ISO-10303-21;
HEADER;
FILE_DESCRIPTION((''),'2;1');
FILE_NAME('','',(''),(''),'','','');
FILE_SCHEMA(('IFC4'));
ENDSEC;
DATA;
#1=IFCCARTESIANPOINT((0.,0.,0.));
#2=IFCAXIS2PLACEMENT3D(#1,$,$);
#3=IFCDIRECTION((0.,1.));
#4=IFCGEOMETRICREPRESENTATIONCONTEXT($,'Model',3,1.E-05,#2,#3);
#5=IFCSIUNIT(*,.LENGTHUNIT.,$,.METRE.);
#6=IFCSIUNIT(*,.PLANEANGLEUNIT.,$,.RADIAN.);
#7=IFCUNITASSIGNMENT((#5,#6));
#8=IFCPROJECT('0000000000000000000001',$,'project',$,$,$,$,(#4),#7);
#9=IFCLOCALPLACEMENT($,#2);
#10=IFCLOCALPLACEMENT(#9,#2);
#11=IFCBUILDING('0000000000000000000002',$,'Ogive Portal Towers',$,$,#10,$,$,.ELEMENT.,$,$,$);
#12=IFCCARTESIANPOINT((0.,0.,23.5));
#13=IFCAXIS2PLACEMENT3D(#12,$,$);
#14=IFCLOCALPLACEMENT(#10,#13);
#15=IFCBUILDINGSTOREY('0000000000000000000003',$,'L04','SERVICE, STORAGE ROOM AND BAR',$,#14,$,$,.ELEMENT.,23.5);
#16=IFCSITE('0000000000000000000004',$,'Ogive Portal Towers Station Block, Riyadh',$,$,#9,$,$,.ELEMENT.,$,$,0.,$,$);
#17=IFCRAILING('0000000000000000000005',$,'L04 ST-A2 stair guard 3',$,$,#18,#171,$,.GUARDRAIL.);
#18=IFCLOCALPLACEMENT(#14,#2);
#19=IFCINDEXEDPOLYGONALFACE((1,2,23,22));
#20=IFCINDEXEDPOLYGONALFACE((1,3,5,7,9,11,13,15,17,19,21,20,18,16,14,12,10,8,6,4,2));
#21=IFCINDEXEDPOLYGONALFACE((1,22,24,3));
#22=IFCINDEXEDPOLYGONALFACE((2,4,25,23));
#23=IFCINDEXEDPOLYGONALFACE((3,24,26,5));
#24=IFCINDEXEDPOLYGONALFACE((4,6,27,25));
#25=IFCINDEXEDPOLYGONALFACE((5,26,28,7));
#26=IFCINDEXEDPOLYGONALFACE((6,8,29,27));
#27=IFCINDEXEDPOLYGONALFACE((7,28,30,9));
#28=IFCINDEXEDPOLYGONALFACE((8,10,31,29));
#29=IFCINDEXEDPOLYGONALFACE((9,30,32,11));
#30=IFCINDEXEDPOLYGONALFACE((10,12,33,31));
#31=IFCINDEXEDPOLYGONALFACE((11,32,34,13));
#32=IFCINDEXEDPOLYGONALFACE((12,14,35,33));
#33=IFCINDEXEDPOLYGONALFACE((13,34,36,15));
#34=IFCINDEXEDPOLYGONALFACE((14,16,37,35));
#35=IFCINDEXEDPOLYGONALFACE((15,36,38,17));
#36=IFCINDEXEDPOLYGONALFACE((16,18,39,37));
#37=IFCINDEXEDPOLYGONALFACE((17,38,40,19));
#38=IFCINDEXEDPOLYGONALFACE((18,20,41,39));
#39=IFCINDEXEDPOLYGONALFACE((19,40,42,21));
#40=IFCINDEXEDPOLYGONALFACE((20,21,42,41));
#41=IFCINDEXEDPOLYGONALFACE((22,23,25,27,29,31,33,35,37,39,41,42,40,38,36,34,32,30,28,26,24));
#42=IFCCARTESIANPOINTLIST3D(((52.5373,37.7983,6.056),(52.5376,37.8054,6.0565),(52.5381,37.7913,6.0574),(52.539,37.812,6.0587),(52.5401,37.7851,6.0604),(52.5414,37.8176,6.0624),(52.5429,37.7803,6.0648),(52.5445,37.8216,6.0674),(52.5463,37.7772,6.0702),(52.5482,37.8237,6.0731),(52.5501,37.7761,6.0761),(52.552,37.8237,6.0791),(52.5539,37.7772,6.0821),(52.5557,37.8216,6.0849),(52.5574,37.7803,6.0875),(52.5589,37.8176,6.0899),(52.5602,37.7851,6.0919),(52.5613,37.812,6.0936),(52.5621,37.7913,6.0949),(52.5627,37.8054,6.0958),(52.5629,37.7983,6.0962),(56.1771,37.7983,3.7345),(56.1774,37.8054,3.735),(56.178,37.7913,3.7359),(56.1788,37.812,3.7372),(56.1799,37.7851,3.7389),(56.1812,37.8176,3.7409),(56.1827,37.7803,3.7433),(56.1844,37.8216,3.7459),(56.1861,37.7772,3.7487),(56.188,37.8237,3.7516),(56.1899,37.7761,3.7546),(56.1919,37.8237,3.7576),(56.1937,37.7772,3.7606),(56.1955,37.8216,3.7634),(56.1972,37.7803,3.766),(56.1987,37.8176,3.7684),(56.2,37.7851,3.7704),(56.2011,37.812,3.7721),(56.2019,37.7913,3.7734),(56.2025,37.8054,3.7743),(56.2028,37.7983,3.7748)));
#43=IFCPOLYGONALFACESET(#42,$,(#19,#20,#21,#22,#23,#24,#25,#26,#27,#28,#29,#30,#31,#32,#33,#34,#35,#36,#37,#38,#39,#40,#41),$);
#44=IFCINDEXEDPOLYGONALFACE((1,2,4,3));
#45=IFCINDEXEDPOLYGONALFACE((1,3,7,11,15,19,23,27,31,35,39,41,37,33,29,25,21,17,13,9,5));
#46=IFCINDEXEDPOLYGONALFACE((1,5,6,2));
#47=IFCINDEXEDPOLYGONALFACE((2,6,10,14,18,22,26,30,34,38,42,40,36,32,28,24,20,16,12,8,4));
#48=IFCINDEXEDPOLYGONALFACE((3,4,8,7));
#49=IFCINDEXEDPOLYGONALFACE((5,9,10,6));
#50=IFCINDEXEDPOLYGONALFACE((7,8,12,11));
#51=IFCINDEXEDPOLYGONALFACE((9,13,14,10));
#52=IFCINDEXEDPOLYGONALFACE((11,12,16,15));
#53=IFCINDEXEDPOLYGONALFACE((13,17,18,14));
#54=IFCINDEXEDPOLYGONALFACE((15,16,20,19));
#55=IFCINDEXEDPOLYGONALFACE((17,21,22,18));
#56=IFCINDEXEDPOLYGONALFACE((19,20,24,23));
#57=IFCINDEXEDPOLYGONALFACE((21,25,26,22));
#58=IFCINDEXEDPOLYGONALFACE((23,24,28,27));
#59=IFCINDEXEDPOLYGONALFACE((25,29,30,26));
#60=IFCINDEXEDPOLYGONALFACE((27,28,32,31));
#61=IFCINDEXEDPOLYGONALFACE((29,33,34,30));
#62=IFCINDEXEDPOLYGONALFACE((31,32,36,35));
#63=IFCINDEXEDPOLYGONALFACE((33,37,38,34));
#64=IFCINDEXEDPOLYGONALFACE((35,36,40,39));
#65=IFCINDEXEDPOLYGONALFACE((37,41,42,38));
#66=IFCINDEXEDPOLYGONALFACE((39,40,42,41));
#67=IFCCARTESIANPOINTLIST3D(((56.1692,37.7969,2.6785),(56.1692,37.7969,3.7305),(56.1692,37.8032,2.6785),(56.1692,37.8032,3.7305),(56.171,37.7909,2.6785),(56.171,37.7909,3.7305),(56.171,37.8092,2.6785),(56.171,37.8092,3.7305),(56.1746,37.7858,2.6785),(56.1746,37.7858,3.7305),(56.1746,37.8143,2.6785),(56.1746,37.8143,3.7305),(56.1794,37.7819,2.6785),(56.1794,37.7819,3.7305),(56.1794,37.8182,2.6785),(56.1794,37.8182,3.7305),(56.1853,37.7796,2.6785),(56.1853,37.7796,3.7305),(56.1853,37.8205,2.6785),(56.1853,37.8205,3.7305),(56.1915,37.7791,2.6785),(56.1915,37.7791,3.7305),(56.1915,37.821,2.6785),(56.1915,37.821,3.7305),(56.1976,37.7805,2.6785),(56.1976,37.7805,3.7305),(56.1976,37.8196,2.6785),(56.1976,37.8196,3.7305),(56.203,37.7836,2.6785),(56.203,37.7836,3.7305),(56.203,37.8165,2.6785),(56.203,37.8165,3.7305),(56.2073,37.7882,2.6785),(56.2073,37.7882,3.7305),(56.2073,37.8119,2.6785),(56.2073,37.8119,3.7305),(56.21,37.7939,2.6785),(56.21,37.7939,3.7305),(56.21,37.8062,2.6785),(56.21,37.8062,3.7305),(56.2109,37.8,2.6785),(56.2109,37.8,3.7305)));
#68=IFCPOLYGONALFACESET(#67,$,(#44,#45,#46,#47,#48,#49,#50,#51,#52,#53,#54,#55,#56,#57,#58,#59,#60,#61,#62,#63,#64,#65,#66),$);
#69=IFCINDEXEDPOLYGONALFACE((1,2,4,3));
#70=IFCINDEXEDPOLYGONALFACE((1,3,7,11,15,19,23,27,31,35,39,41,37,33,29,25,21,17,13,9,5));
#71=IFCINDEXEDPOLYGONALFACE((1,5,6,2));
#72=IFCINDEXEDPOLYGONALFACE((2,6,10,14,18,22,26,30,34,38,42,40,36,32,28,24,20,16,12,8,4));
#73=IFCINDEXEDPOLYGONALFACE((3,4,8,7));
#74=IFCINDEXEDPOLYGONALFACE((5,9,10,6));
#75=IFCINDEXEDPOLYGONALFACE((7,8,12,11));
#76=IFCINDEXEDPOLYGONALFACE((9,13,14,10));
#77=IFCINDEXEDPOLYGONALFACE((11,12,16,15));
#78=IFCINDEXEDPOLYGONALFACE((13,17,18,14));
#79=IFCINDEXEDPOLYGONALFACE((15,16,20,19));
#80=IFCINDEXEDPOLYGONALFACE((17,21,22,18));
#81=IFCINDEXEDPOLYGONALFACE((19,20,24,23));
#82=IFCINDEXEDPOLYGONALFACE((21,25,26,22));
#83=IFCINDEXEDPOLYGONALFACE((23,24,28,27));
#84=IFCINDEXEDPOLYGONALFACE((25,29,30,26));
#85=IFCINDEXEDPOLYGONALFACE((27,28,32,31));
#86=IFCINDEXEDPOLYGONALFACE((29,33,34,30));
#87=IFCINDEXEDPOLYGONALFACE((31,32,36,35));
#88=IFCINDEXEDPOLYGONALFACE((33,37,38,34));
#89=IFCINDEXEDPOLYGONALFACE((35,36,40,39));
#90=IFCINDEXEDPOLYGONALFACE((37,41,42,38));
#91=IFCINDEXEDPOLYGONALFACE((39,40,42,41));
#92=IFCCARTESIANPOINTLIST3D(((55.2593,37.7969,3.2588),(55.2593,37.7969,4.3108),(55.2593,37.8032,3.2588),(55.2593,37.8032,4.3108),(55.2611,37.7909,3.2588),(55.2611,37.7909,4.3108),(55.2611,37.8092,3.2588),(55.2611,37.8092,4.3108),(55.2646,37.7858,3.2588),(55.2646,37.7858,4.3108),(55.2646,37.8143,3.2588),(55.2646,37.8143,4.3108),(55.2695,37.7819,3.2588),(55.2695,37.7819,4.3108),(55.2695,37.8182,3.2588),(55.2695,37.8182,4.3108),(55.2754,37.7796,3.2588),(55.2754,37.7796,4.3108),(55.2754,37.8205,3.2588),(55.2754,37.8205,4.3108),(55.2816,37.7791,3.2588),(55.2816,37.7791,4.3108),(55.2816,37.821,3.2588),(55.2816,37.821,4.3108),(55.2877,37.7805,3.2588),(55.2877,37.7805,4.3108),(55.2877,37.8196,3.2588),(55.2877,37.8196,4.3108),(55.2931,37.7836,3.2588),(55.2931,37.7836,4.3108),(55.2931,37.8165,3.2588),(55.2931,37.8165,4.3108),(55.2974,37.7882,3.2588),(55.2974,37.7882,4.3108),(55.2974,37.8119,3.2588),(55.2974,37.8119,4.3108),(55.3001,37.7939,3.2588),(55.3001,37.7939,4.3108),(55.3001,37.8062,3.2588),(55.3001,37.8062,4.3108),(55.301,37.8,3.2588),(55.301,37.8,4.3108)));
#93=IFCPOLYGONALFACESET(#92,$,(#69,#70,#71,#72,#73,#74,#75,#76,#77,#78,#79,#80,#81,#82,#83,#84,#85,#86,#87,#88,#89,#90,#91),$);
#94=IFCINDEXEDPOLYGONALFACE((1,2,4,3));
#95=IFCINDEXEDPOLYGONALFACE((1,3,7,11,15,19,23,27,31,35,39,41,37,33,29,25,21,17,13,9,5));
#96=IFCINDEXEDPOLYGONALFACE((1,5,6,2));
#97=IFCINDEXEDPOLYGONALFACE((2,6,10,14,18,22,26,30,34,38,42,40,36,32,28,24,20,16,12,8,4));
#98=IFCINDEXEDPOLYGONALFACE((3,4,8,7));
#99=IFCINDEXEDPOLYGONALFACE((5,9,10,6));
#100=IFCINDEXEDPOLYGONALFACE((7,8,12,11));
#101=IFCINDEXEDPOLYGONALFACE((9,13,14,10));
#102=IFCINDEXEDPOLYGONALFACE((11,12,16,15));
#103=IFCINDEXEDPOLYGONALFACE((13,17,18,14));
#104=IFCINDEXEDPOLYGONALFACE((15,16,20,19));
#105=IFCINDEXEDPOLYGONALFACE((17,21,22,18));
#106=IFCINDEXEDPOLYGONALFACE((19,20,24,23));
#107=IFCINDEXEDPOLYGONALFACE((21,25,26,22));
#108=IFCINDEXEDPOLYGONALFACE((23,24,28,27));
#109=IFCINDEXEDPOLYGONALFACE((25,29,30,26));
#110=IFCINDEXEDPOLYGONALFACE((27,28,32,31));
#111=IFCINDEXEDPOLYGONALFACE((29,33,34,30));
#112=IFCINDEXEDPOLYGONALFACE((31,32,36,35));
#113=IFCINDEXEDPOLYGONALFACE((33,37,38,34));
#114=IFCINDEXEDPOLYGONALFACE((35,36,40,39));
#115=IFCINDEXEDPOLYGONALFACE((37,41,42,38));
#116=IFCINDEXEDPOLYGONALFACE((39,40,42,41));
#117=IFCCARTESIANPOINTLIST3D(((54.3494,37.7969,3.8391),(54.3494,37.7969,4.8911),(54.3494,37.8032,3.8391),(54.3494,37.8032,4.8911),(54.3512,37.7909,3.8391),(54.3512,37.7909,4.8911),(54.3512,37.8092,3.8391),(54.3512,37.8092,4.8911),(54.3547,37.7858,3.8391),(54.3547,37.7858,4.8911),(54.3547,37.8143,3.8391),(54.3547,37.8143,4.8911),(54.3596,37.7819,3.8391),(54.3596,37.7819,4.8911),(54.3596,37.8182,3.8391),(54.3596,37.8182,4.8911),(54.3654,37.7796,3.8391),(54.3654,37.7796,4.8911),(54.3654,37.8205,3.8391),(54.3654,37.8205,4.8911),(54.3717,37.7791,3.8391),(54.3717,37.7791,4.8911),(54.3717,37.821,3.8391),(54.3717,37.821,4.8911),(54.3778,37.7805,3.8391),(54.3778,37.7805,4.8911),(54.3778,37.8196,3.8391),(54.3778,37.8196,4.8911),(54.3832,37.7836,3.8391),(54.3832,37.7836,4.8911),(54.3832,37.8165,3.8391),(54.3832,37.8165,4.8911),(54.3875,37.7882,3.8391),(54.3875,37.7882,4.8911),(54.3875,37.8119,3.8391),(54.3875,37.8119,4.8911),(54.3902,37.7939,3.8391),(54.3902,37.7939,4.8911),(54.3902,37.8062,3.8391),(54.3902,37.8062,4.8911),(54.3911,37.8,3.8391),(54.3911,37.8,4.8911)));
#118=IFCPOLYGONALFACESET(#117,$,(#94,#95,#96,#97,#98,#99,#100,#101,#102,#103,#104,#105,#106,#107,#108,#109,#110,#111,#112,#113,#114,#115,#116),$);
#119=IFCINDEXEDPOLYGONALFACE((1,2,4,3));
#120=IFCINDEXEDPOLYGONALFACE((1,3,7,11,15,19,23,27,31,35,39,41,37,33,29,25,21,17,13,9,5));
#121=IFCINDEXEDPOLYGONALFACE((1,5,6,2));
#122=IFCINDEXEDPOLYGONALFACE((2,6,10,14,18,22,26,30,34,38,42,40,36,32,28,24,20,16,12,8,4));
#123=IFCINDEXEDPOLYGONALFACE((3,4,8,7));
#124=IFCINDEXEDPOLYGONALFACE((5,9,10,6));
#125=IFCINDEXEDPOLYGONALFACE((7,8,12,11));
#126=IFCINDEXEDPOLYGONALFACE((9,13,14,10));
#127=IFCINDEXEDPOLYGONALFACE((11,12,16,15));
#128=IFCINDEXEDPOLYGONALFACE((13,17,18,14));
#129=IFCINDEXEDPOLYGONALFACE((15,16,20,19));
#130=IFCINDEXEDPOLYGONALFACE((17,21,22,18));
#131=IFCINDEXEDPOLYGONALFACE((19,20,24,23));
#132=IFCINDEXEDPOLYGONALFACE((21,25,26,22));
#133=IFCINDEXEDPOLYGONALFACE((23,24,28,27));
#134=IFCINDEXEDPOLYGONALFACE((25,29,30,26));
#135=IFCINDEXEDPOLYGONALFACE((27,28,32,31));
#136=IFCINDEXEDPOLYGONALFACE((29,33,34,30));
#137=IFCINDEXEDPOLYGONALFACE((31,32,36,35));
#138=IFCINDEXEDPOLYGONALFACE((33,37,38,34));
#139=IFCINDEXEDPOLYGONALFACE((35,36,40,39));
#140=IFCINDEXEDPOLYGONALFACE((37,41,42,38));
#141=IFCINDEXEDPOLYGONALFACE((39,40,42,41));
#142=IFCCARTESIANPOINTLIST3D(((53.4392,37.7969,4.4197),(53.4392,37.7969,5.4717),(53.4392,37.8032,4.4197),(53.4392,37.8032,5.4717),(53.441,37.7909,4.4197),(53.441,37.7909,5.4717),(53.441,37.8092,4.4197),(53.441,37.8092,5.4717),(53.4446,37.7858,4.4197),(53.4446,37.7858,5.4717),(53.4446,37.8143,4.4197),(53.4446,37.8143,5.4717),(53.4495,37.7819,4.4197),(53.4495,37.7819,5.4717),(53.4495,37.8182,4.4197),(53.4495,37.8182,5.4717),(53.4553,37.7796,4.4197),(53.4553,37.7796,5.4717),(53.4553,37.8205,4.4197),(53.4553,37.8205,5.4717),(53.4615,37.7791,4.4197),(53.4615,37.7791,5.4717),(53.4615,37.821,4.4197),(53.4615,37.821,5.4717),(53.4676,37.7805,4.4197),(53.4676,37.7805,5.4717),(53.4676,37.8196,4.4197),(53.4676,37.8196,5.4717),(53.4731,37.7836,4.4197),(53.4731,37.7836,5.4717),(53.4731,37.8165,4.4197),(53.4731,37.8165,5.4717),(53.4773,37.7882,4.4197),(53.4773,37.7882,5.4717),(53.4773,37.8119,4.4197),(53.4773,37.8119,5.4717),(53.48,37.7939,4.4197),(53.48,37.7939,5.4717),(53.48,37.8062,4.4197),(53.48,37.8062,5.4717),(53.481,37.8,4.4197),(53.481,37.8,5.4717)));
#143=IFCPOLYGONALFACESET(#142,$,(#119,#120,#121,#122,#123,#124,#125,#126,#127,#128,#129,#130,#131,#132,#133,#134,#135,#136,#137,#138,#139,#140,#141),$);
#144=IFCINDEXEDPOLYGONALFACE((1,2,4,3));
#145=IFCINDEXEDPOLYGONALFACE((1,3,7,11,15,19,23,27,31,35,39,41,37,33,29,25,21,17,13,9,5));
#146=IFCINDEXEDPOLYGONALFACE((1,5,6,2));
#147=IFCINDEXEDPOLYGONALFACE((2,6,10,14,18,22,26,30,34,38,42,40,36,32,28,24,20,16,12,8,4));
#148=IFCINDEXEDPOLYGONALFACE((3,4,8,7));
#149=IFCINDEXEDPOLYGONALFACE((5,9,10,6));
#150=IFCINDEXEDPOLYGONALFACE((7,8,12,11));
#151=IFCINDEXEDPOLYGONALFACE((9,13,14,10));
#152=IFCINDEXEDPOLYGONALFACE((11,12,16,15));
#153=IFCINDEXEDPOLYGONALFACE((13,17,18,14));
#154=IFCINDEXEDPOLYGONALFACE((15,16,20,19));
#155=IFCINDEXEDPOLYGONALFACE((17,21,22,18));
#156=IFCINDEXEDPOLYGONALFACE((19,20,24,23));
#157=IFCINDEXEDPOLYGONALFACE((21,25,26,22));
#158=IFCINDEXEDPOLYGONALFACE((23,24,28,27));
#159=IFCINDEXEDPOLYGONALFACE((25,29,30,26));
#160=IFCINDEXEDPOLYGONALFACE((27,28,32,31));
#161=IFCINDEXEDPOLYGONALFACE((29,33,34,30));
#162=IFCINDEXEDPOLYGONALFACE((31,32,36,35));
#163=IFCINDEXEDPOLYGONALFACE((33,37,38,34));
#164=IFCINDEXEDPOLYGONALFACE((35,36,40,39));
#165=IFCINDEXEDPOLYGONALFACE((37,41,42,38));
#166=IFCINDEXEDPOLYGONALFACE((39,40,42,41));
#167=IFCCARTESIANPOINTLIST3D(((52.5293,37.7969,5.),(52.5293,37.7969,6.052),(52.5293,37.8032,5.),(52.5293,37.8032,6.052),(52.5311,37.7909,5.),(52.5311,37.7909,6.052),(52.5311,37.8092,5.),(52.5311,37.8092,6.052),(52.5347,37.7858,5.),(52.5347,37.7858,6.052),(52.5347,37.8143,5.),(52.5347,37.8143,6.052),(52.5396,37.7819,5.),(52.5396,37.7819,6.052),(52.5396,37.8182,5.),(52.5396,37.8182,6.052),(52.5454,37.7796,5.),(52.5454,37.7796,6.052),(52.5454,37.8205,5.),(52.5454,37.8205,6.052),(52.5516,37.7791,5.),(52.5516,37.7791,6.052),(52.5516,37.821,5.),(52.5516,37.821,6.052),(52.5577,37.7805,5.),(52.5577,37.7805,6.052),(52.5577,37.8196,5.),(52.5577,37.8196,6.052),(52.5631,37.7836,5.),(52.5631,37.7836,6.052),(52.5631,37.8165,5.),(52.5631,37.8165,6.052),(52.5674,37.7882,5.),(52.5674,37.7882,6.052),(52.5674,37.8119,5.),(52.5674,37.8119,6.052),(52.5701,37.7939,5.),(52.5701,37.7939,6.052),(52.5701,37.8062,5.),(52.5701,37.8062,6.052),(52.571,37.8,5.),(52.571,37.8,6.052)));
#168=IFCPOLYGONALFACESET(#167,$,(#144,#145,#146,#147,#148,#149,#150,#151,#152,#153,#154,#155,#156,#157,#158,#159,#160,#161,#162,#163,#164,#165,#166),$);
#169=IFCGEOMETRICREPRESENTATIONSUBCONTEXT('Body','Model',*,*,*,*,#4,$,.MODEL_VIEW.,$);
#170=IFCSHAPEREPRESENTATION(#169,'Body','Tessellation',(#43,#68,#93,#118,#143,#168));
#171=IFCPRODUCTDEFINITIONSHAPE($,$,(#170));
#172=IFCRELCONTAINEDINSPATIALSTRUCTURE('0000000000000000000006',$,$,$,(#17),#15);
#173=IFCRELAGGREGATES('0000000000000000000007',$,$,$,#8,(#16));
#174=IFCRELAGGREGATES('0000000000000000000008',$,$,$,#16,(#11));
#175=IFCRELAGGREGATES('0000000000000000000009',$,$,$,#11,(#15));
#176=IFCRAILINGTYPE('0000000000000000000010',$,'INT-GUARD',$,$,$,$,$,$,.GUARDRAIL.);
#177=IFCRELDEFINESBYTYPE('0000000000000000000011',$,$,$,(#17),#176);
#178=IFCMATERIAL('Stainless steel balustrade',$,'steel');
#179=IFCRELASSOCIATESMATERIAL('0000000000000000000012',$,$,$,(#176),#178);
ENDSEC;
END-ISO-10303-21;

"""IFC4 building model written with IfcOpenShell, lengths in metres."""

from ifc_helpers import new_model, si_unit, direction, frame, origin, origin_2d, place, context, subcontext, project, spatial, circle, extrude, material, type_object, element, save


model = new_model("IFC4")

# Units and contexts
model_context = context("Model", 3, precision=1e-05, world=origin(), true_north=direction((0.0, 1.0)))
body_context = subcontext(model_context, "Body", "Model", "MODEL_VIEW")
ifc_project = project(units=[si_unit("LENGTHUNIT", "METRE"), si_unit("PLANEANGLEUNIT", "RADIAN")], contexts=[model_context])

# Site, building, storey
site_placement = place(None, origin())
site = spatial("IfcSite", under=ifc_project, at=site_placement, Name="Ogive Portal Towers Station Block, Riyadh", CompositionType="ELEMENT", RefElevation=0.0)
building_placement = place(site_placement, origin())
building = spatial("IfcBuilding", under=site, at=building_placement, Name="Ogive Portal Towers", CompositionType="ELEMENT")
storey_placement = place(building_placement, frame((0.0, 0.0, 23.5)))
storey = spatial("IfcBuildingStorey", under=building, at=storey_placement, Name="L04", Description="SERVICE, STORAGE ROOM AND BAR", CompositionType="ELEMENT", Elevation=23.5)

# Railing
ifc_material_1 = material(Name="Stainless steel balustrade", Category="steel")
railing_type_1 = type_object("IfcRailingType", Name="INT-GUARD", PredefinedType="GUARDRAIL", material=ifc_material_1)
railing_1_placement = place(storey_placement, frame((56.1899, 37.8, 2.6785)))
element("IfcRailing", 1, at=railing_1_placement, inside=storey, type_object=railing_type_1, Name="L04 ST-A2 stair guard 3", PredefinedType="GUARDRAIL", context=body_context, shape_type="SweptSolid", body=[
    extrude(circle(Radius=0.0239, at=origin_2d()), frame((0.0, 0.0, 1.0762), z_axis=(-0.843112, 0.0, 0.537739), x_axis=(0.0, -1.0, 0.0)), (0.0, 0.0, 1.0), 4.3171),
    extrude(circle(Radius=0.021, at=origin_2d()), origin(), (0.0, 0.0, 1.0), 1.052),
    extrude(circle(Radius=0.021, at=origin_2d()), frame((-0.9099, 0.0, 0.5803)), (0.0, 0.0, 1.0), 1.052),
    extrude(circle(Radius=0.021, at=origin_2d()), frame((-1.8198, 0.0, 1.1606)), (0.0, 0.0, 1.0), 1.052),
    extrude(circle(Radius=0.021, at=origin_2d()), frame((-2.73, 0.0, 1.7412)), (0.0, 0.0, 1.0), 1.052),
    extrude(circle(Radius=0.021, at=origin_2d()), frame((-3.6399, 0.0, 2.3215)), (0.0, 0.0, 1.0), 1.052),
])

save(model, "model.ifc")
